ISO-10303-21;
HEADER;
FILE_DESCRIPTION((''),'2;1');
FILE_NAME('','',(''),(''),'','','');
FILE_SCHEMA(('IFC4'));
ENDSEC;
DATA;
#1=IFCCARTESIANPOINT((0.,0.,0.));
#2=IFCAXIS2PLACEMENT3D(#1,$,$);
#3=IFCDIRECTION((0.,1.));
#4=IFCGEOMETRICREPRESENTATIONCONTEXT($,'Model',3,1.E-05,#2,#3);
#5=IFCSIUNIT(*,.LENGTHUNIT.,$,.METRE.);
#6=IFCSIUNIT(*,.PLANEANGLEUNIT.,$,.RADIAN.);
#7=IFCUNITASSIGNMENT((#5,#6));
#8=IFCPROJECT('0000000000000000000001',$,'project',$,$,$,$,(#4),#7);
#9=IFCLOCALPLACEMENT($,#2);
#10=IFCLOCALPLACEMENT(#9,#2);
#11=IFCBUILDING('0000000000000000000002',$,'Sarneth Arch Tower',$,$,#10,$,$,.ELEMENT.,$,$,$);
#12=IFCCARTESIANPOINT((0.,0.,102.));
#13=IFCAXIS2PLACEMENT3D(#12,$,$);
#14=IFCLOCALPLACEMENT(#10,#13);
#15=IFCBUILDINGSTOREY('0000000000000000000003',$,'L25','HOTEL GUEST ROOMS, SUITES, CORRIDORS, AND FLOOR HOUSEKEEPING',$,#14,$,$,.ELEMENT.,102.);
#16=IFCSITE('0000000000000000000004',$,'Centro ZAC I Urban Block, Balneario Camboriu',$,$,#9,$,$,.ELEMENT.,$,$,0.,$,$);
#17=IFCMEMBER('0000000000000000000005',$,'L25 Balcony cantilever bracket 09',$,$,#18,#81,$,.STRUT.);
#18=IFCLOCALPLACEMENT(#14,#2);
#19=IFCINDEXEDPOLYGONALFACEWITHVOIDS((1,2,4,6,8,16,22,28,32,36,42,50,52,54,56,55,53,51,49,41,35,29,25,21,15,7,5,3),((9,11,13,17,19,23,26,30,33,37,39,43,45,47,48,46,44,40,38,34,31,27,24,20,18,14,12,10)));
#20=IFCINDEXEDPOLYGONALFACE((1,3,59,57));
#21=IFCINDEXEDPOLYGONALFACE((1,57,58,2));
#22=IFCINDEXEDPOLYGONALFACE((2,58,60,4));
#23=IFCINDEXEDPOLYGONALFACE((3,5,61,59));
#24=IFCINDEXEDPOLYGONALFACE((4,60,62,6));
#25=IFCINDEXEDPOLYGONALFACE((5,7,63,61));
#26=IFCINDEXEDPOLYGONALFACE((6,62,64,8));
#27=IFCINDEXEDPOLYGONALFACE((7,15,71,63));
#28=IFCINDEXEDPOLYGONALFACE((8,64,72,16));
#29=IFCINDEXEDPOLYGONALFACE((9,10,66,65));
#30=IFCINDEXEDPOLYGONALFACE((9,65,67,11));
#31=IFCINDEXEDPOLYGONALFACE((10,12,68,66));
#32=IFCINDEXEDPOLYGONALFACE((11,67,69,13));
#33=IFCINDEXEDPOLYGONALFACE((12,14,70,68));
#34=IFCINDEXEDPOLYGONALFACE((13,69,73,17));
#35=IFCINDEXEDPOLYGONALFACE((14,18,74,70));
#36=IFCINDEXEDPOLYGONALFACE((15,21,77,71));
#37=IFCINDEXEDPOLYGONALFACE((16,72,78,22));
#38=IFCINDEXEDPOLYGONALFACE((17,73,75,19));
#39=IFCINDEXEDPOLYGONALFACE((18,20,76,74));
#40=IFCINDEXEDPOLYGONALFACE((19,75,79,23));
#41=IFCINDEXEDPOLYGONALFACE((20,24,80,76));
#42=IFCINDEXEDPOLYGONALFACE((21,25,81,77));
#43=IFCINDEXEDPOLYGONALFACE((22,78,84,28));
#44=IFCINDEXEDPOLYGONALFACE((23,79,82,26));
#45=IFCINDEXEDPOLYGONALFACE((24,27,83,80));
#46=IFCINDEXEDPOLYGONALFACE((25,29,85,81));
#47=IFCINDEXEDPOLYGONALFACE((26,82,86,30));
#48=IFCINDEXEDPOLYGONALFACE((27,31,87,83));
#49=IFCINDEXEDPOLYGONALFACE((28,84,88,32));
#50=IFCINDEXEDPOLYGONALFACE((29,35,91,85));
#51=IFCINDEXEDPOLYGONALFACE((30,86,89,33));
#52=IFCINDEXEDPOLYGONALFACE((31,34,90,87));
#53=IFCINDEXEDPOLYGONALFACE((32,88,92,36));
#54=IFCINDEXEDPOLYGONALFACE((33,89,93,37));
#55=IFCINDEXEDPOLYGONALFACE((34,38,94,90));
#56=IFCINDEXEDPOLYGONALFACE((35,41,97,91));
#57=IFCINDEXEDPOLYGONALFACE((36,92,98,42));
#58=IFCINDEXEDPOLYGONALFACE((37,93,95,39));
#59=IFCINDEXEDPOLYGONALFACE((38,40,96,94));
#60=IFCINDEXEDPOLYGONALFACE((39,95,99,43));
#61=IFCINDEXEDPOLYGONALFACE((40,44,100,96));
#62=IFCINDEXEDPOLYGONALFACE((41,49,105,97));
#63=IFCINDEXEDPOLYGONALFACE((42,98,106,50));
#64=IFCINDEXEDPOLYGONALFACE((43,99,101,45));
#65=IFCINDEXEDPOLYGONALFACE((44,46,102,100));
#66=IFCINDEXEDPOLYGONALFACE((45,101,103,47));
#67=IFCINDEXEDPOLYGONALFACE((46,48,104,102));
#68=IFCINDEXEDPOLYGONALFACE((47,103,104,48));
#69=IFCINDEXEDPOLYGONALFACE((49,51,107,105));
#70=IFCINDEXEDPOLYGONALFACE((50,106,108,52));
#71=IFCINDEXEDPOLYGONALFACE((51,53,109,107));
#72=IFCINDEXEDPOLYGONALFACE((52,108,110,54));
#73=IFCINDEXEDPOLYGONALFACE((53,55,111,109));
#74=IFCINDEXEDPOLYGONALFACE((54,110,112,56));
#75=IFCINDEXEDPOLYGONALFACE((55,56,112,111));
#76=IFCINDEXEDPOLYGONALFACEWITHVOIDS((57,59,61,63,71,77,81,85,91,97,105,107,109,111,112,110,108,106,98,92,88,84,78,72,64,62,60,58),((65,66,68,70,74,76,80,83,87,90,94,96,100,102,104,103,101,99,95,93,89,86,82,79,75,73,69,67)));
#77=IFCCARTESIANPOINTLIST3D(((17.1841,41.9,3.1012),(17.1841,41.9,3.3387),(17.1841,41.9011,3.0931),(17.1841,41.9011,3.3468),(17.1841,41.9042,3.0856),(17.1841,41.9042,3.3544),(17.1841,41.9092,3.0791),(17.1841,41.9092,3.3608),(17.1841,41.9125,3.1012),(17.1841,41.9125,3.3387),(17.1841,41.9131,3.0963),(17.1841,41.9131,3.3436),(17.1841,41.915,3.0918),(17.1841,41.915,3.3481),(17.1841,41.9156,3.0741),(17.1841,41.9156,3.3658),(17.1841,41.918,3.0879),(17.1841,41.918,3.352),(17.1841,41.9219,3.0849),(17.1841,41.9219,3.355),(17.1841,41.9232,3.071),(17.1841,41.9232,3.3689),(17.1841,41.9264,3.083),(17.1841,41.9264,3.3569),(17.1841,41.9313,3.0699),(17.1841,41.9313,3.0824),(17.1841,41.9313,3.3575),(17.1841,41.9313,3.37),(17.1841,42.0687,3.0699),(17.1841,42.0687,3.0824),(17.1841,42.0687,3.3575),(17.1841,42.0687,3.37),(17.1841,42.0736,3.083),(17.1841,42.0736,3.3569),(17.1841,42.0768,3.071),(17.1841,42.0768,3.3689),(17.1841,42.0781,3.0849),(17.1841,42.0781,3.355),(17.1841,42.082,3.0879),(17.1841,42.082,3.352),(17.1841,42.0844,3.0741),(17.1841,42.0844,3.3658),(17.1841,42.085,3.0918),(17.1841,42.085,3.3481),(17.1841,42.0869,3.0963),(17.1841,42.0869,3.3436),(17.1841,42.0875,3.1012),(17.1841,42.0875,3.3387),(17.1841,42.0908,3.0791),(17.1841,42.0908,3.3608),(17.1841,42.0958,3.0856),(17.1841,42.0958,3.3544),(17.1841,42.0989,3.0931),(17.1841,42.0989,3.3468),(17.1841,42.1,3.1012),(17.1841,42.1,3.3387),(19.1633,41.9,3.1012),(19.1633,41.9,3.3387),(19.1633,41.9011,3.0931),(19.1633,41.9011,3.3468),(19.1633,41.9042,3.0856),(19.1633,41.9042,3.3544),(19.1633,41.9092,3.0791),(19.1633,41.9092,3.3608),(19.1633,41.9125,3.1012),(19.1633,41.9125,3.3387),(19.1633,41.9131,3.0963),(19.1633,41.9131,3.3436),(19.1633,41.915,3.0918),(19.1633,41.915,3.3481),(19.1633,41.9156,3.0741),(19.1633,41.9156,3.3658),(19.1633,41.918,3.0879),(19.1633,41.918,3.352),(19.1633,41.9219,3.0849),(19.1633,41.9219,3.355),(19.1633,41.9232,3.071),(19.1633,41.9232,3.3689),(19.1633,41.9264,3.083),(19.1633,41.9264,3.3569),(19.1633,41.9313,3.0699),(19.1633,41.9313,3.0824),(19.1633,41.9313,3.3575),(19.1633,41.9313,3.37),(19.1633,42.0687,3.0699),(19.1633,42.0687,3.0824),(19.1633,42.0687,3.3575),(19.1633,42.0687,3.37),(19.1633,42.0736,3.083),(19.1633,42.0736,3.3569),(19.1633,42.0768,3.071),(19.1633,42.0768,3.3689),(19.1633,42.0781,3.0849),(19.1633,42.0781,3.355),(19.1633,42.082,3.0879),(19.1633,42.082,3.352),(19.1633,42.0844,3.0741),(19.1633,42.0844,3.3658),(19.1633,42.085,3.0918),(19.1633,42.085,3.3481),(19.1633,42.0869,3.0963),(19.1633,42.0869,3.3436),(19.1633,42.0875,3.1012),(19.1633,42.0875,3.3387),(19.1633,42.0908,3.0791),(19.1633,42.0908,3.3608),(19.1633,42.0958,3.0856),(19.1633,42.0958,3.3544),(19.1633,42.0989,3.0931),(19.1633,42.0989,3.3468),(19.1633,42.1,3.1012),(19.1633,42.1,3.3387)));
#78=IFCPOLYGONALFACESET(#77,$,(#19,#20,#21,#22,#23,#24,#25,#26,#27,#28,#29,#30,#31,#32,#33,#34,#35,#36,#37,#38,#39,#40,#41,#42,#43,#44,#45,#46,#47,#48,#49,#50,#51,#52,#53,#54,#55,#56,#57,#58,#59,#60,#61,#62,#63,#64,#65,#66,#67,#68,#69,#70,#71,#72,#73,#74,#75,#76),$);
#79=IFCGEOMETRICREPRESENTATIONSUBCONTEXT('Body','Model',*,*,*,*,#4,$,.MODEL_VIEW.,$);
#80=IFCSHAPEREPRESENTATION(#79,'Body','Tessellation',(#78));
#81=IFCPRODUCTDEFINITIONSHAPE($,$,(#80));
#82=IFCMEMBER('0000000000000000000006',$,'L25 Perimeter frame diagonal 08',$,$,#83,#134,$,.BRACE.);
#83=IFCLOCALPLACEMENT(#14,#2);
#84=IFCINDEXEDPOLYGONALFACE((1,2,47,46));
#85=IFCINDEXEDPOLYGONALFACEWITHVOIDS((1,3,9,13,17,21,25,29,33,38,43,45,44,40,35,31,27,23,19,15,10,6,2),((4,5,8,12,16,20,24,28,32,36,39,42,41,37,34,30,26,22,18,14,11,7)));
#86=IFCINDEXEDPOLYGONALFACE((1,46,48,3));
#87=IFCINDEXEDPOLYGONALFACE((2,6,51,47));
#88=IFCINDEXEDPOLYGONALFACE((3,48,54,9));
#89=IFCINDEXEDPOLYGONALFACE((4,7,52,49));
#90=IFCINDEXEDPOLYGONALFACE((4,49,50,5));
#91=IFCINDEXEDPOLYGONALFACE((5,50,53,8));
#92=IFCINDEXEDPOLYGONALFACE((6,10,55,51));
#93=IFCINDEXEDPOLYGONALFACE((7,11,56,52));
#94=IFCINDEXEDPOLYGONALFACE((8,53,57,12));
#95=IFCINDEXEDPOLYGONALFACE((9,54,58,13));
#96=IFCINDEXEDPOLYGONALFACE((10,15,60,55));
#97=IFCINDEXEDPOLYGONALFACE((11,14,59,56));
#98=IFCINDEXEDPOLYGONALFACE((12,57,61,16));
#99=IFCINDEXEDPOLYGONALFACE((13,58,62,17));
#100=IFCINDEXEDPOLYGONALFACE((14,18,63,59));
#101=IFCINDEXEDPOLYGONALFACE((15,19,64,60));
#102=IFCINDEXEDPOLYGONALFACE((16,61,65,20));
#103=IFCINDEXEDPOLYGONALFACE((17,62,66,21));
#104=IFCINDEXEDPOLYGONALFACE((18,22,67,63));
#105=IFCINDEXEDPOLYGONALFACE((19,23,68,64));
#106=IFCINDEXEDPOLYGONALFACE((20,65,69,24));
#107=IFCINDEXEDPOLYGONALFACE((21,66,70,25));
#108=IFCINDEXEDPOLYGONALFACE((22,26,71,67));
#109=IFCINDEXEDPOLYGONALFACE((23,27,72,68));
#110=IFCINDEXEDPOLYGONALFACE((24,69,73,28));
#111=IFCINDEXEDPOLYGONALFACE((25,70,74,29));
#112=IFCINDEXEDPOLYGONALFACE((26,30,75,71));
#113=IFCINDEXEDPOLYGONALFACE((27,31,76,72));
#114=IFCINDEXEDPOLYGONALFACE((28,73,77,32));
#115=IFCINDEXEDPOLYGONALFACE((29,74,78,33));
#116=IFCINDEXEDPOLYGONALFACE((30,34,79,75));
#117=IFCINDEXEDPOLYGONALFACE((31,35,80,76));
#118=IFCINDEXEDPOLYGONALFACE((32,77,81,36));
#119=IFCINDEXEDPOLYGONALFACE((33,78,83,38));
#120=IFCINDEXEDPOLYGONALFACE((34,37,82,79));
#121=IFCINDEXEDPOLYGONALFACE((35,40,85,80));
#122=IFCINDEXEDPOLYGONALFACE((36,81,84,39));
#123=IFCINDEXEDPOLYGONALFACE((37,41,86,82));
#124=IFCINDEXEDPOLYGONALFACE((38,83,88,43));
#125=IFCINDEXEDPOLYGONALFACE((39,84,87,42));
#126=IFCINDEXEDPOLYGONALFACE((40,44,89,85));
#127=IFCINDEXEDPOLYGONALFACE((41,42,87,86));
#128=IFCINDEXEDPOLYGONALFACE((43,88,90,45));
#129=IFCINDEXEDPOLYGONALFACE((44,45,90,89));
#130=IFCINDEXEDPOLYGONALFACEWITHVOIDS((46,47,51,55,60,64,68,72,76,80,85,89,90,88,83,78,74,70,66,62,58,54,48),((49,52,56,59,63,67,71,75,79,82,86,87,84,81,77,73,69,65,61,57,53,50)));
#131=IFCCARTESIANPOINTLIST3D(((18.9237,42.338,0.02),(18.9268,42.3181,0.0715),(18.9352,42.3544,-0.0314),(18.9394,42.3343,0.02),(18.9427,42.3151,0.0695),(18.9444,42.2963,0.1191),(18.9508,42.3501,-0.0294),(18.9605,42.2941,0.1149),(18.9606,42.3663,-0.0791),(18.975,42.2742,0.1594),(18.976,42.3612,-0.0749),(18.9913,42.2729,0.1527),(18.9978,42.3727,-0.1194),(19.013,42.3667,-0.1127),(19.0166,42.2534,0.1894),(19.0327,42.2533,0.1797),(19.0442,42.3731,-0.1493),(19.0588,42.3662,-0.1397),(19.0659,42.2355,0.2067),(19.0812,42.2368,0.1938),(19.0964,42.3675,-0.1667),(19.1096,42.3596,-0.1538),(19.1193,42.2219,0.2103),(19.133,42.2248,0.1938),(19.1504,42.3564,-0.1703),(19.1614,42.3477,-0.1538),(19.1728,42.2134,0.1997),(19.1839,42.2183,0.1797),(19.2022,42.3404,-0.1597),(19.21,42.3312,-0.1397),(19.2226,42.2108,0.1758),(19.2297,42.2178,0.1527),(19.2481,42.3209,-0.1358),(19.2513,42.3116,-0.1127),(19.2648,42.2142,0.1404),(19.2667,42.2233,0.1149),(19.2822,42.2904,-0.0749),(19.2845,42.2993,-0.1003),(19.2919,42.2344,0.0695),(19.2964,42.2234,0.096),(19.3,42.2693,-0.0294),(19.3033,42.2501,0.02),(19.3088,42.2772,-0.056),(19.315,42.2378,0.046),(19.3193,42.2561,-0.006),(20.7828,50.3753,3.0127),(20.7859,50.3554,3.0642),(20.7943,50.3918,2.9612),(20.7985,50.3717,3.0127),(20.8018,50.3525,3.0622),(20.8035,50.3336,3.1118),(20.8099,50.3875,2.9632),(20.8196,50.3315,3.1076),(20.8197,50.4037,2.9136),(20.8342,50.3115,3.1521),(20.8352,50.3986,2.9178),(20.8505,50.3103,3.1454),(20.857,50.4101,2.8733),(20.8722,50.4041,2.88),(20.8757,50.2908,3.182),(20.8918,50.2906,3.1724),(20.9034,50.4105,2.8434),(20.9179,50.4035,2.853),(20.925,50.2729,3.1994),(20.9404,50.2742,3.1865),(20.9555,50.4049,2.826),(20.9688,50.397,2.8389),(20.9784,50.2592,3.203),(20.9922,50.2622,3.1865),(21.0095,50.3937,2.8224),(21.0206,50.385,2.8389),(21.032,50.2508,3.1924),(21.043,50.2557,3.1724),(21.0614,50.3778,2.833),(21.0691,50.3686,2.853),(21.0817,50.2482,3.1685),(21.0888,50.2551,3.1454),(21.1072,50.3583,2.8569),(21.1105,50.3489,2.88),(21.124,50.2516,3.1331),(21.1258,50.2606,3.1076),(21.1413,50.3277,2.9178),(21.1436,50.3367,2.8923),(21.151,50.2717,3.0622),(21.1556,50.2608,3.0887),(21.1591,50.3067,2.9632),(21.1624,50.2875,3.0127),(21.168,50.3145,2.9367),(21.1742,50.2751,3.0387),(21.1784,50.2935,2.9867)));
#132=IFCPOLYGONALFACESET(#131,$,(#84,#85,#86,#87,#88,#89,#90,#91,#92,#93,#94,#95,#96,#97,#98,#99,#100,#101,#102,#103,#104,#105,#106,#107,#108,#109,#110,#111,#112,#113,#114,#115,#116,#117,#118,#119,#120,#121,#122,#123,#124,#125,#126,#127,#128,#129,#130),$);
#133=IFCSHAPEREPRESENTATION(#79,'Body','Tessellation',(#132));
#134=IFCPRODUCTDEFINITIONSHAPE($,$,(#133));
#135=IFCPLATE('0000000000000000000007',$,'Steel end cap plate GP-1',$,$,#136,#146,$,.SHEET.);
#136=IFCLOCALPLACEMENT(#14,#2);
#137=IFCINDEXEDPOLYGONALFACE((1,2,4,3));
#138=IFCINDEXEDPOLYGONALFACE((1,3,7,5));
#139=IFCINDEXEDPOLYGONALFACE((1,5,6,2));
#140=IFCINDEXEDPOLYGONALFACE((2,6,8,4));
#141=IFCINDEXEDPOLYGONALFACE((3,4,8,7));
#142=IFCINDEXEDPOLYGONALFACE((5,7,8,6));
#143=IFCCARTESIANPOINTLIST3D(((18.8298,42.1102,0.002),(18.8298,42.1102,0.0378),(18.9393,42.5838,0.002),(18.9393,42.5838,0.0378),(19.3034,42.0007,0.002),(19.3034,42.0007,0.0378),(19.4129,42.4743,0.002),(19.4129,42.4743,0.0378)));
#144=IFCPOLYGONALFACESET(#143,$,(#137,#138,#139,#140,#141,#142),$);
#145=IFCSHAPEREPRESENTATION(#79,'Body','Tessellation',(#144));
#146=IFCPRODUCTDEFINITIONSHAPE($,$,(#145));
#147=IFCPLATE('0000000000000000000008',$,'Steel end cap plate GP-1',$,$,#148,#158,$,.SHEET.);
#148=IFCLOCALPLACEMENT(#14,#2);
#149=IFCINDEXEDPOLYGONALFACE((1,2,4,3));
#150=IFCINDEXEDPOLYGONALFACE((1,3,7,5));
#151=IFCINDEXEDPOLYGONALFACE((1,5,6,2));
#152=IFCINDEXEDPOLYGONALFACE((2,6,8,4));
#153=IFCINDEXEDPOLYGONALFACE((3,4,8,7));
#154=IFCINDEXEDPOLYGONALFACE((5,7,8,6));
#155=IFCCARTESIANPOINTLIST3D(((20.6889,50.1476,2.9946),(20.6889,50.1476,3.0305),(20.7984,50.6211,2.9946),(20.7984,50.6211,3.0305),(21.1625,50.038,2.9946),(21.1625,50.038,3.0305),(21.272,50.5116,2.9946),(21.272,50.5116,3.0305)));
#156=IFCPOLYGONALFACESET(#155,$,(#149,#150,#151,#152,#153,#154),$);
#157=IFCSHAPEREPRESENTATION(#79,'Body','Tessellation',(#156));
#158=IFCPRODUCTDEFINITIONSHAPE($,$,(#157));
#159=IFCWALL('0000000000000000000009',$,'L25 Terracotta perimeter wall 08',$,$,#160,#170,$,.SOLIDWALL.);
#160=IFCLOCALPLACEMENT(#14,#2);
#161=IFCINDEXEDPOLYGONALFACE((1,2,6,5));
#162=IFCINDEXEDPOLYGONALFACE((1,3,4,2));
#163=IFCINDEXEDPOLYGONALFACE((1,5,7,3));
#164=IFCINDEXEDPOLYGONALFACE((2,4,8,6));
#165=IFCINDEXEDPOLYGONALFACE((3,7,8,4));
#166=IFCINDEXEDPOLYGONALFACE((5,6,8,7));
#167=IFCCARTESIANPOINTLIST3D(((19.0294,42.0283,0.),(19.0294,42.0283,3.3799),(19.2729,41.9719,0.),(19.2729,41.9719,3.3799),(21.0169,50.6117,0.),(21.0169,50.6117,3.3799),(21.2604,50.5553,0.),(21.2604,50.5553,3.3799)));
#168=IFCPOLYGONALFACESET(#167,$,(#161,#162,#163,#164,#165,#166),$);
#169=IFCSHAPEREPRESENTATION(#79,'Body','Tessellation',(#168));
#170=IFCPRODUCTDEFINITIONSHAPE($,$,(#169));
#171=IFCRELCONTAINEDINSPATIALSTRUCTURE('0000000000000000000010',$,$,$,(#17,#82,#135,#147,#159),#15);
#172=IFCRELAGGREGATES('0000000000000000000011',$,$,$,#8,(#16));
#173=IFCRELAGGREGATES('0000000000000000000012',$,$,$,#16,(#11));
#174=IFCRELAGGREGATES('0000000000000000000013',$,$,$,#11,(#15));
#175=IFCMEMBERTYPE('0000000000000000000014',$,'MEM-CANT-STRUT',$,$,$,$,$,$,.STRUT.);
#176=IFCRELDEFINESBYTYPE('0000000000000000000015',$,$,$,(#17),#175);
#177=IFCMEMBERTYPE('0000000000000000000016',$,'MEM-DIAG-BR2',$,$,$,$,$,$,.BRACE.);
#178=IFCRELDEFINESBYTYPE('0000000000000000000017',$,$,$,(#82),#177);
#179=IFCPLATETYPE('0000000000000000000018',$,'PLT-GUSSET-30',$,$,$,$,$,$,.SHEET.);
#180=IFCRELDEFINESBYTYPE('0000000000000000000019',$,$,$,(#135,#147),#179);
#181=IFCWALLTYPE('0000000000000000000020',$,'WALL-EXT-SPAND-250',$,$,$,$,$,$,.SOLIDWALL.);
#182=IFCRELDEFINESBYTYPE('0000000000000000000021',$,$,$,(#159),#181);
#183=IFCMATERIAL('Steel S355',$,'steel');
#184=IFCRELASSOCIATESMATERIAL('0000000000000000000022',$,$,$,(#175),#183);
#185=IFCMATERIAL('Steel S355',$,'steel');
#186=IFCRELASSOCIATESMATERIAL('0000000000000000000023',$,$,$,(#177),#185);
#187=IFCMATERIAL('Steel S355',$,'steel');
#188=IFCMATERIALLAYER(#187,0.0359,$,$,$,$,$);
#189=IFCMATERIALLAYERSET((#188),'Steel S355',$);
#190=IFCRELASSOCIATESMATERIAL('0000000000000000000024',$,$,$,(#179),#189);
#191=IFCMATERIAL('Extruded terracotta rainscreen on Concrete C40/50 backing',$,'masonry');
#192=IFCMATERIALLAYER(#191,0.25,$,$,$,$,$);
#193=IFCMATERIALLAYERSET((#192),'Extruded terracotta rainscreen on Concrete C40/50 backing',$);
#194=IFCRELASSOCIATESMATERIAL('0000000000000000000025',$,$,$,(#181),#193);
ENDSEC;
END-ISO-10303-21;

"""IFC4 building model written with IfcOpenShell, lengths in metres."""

from ifc_helpers import new_model, si_unit, direction, frame, frame_2d, origin, origin_2d, place, context, subcontext, project, spatial, rectangle, hollow_rectangle, hollow_circle, extrude, material, layer, layer_set, material_profile, profile_set, type_object, element, save


model = new_model("IFC4")

# Units and contexts
model_context = context("Model", 3, precision=1e-05, world=origin(), true_north=direction((0.0, 1.0)))
body_context = subcontext(model_context, "Body", "Model", "MODEL_VIEW")
ifc_project = project(units=[si_unit("LENGTHUNIT", "METRE"), si_unit("PLANEANGLEUNIT", "RADIAN")], contexts=[model_context])

# Site, building, storey
site_placement = place(None, origin())
site = spatial("IfcSite", under=ifc_project, at=site_placement, Name="Centro ZAC I Urban Block, Balneario Camboriu", CompositionType="ELEMENT", RefElevation=0.0)
building_placement = place(site_placement, origin())
building = spatial("IfcBuilding", under=site, at=building_placement, Name="Sarneth Arch Tower", CompositionType="ELEMENT")
storey_placement = place(building_placement, frame((0.0, 0.0, 102.0)))
storey = spatial("IfcBuildingStorey", under=building, at=storey_placement, Name="L25", Description="HOTEL GUEST ROOMS, SUITES, CORRIDORS, AND FLOOR HOUSEKEEPING", CompositionType="ELEMENT", Elevation=102.0)

# Members
ifc_material_1 = material(Name="Steel S355", Category="steel")
ifc_material_profile_1 = material_profile(ifc_material_1, hollow_rectangle(XDim=0.2, YDim=0.3, WallThickness=0.0125, InnerFilletRadius=0.0188, OuterFilletRadius=0.0312, at=origin_2d()), Name="RHS300x200x12.5")
ifc_profile_set_1 = profile_set([ifc_material_profile_1], Name="Steel S355")
member_type_1 = type_object("IfcMemberType", Name="MEM-CANT-STRUT", PredefinedType="STRUT", material=ifc_profile_set_1)
member_1_placement = place(storey_placement, frame((19.1633, 42.0, 3.22), z_axis=(-1.0, 0.0, 0.0), x_axis=(0.0, -1.0, 0.0)))
element("IfcMember", 1, at=member_1_placement, inside=storey, type_object=member_type_1, Name="L25 Balcony cantilever bracket 09", PredefinedType="STRUT", context=body_context, shape_type="SweptSolid", body=[
    extrude(hollow_rectangle(XDim=0.2, YDim=0.3, WallThickness=0.0125, InnerFilletRadius=0.0188, OuterFilletRadius=0.0312, at=origin_2d()), origin(), (0.0, 0.0, 1.0), 1.9792),
])
ifc_material_2 = material(Name="Steel S355", Category="steel")
ifc_material_profile_2 = material_profile(ifc_material_2, hollow_circle(Radius=0.2029, WallThickness=0.0161, at=origin_2d()), Name="CHS406x16")
ifc_profile_set_2 = profile_set([ifc_material_profile_2], Name="Steel S355")
member_type_2 = type_object("IfcMemberType", Name="MEM-DIAG-BR2", PredefinedType="BRACE", material=ifc_profile_set_2)
member_2_placement = place(storey_placement, frame((19.1213, 42.2922, 0.02), z_axis=(0.211852, 0.915873, 0.341022), x_axis=(-0.974275, 0.225361, 0.0)))
element("IfcMember", 2, at=member_2_placement, inside=storey, type_object=member_type_2, Name="L25 Perimeter frame diagonal 08", PredefinedType="BRACE", context=body_context, shape_type="SweptSolid", body=[
    extrude(hollow_circle(Radius=0.2029, WallThickness=0.0161, at=origin_2d()), origin(), (0.0, 0.0, 1.0), 8.7756),
])

# Plates
ifc_material_3 = material(Name="Steel S355", Category="steel")
ifc_layer_1 = layer(ifc_material_3, 0.0359)
ifc_layer_set_1 = layer_set([ifc_layer_1], Name="Steel S355")
plate_type = type_object("IfcPlateType", Name="PLT-GUSSET-30", PredefinedType="SHEET", material=ifc_layer_set_1)
for number, where, z_axis, x_axis, name in (
    (3, (19.1213, 42.2922, 0.002), (0.0, 0.0, 1.0), (-0.225291, -0.974291, 0.0), "Steel end cap plate GP-1"),
    (4, (20.9805, 50.3296, 2.9946), (0.0, 0.0, 1.0), (-0.225291, -0.974291, 0.0), "Steel end cap plate GP-1"),
):
    element("IfcPlate", number, at=place(storey_placement, frame(where, z_axis=z_axis, x_axis=x_axis)), inside=storey, type_object=plate_type, Name=name, PredefinedType="SHEET", context=body_context, shape_type="SweptSolid", body=[
        extrude(rectangle(XDim=0.4861, YDim=0.4861, at=origin_2d()), origin(), (0.0, 0.0, 1.0), 0.0359),
    ])

# Wall
ifc_material_4 = material(Name="Extruded terracotta rainscreen on Concrete C40/50 backing", Category="masonry")
ifc_layer_2 = layer(ifc_material_4, 0.25)
ifc_layer_set_2 = layer_set([ifc_layer_2], Name="Extruded terracotta rainscreen on Concrete C40/50 backing")
wall_type_1 = type_object("IfcWallType", Name="WALL-EXT-SPAND-250", PredefinedType="SOLIDWALL", material=ifc_layer_set_2)
wall_1_placement = place(storey_placement, frame((21.1387, 50.5835, 0.0), z_axis=(0.0, 0.0, 1.0), x_axis=(-0.225586, -0.974223, 0.0)))
element("IfcWall", 5, at=wall_1_placement, inside=storey, type_object=wall_type_1, Name="L25 Terracotta perimeter wall 08", PredefinedType="SOLIDWALL", context=body_context, shape_type="SweptSolid", body=[
    extrude(rectangle(XDim=8.8105, YDim=0.25, at=frame_2d((4.4053, 0.0))), origin(), (0.0, 0.0, 1.0), 3.3799),
])

save(model, "model.ifc")
